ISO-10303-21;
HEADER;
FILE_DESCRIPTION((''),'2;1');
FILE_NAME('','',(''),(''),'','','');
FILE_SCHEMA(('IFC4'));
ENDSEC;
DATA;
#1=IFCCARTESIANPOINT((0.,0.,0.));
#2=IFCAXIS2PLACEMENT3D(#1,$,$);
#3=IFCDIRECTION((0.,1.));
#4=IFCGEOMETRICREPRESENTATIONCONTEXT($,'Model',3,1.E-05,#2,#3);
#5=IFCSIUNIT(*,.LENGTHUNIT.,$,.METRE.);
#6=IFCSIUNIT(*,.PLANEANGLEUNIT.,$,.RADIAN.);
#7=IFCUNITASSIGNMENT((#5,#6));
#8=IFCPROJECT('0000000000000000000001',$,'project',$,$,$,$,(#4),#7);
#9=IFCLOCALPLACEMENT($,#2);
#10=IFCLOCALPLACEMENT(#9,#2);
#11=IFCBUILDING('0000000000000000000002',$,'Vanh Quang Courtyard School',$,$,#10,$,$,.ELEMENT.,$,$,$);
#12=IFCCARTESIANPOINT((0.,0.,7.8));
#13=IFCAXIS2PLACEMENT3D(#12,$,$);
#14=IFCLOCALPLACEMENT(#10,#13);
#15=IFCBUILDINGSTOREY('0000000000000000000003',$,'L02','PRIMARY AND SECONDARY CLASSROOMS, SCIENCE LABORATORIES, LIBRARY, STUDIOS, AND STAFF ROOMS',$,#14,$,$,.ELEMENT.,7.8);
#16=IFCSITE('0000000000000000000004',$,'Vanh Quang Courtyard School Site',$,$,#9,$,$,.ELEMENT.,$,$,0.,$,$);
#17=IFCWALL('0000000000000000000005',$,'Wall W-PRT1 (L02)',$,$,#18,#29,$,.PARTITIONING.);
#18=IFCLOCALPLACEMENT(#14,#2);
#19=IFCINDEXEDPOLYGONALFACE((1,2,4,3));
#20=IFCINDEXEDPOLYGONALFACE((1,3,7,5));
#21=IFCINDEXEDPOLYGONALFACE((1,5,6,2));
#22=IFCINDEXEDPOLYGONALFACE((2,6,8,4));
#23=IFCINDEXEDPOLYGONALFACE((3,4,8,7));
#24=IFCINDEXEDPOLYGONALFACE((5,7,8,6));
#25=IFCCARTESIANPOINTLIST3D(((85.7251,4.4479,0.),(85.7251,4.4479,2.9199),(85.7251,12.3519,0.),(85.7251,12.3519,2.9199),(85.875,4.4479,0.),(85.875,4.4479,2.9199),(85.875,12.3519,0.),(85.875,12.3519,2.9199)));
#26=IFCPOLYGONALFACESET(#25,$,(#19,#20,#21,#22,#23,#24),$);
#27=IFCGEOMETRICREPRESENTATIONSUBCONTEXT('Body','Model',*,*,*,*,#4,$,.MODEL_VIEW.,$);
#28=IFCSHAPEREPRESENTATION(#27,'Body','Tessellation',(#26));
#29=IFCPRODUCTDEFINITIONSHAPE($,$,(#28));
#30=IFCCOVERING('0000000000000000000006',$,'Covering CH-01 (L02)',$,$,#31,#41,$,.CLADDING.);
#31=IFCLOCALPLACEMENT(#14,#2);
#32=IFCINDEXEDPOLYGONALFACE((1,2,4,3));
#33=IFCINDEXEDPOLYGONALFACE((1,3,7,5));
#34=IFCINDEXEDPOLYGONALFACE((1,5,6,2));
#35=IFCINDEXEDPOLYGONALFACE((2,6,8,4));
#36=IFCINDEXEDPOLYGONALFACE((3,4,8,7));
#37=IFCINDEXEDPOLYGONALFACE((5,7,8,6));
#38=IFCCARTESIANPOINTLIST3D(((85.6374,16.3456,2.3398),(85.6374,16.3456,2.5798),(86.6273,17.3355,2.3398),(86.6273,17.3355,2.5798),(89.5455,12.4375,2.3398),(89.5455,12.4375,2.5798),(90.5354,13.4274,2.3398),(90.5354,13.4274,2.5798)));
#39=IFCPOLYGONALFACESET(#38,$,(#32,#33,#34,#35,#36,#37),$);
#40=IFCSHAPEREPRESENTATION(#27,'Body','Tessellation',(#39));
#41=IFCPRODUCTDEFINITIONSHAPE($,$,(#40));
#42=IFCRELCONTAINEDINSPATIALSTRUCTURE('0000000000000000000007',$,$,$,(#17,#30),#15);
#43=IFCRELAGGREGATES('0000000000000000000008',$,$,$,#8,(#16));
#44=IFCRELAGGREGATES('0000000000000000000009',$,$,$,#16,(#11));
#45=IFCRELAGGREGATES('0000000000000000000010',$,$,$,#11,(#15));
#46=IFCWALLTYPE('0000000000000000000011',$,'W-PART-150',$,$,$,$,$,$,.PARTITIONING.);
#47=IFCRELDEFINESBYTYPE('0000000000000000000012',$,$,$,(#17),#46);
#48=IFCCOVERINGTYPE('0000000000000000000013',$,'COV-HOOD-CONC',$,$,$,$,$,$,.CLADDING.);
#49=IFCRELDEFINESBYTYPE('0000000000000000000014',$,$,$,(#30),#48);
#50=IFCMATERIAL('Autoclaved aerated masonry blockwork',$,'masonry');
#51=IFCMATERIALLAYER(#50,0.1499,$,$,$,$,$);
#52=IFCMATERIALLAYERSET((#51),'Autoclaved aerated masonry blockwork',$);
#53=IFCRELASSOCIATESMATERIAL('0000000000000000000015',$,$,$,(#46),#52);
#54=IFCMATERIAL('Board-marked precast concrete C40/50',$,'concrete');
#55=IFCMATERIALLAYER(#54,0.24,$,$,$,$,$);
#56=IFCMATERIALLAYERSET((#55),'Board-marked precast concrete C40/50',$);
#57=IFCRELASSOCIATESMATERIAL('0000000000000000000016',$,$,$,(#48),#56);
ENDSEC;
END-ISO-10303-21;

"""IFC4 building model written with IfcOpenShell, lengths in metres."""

from ifc_helpers import new_model, si_unit, direction, frame, frame_2d, origin, origin_2d, place, context, subcontext, project, spatial, rectangle, extrude, material, layer, layer_set, type_object, element, save


model = new_model("IFC4")

# Units and contexts
model_context = context("Model", 3, precision=1e-05, world=origin(), true_north=direction((0.0, 1.0)))
body_context = subcontext(model_context, "Body", "Model", "MODEL_VIEW")
ifc_project = project(units=[si_unit("LENGTHUNIT", "METRE"), si_unit("PLANEANGLEUNIT", "RADIAN")], contexts=[model_context])

# Site, building, storey
site_placement = place(None, origin())
site = spatial("IfcSite", under=ifc_project, at=site_placement, Name="Vanh Quang Courtyard School Site", CompositionType="ELEMENT", RefElevation=0.0)
building_placement = place(site_placement, origin())
building = spatial("IfcBuilding", under=site, at=building_placement, Name="Vanh Quang Courtyard School", CompositionType="ELEMENT")
storey_placement = place(building_placement, frame((0.0, 0.0, 7.8)))
storey = spatial("IfcBuildingStorey", under=building, at=storey_placement, Name="L02", Description="PRIMARY AND SECONDARY CLASSROOMS, SCIENCE LABORATORIES, LIBRARY, STUDIOS, AND STAFF ROOMS", CompositionType="ELEMENT", Elevation=7.8)

# Wall
ifc_material_1 = material(Name="Autoclaved aerated masonry blockwork", Category="masonry")
ifc_layer_1 = layer(ifc_material_1, 0.1499)
ifc_layer_set_1 = layer_set([ifc_layer_1], Name="Autoclaved aerated masonry blockwork")
wall_type_1 = type_object("IfcWallType", Name="W-PART-150", PredefinedType="PARTITIONING", material=ifc_layer_set_1)
wall_1_placement = place(storey_placement, frame((85.8, 12.3521, 0.0), z_axis=(0.0, 0.0, 1.0), x_axis=(0.0, -1.0, 0.0)))
element("IfcWall", 1, at=wall_1_placement, inside=storey, type_object=wall_type_1, Name="Wall W-PRT1 (L02)", PredefinedType="PARTITIONING", context=body_context, shape_type="SweptSolid", body=[
    extrude(rectangle(XDim=7.9041, YDim=0.1499, at=frame_2d((3.9521, 0.0))), origin(), (0.0, 0.0, 1.0), 2.9199),
])

# Covering
ifc_material_2 = material(Name="Board-marked precast concrete C40/50", Category="concrete")
ifc_layer_2 = layer(ifc_material_2, 0.24)
ifc_layer_set_2 = layer_set([ifc_layer_2], Name="Board-marked precast concrete C40/50")
covering_type = type_object("IfcCoveringType", Name="COV-HOOD-CONC", PredefinedType="CLADDING", material=ifc_layer_set_2)
covering_placement = place(storey_placement, frame((88.0864, 14.8865, 2.3398), z_axis=(0.0, 0.0, 1.0), x_axis=(0.707107, -0.707107, 0.0)))
element("IfcCovering", 2, at=covering_placement, inside=storey, type_object=covering_type, Name="Covering CH-01 (L02)", PredefinedType="CLADDING", context=body_context, shape_type="SweptSolid", body=[
    extrude(rectangle(XDim=5.5269, YDim=1.3999, at=origin_2d()), origin(), (0.0, 0.0, 1.0), 0.24),
])

save(model, "model.ifc")
